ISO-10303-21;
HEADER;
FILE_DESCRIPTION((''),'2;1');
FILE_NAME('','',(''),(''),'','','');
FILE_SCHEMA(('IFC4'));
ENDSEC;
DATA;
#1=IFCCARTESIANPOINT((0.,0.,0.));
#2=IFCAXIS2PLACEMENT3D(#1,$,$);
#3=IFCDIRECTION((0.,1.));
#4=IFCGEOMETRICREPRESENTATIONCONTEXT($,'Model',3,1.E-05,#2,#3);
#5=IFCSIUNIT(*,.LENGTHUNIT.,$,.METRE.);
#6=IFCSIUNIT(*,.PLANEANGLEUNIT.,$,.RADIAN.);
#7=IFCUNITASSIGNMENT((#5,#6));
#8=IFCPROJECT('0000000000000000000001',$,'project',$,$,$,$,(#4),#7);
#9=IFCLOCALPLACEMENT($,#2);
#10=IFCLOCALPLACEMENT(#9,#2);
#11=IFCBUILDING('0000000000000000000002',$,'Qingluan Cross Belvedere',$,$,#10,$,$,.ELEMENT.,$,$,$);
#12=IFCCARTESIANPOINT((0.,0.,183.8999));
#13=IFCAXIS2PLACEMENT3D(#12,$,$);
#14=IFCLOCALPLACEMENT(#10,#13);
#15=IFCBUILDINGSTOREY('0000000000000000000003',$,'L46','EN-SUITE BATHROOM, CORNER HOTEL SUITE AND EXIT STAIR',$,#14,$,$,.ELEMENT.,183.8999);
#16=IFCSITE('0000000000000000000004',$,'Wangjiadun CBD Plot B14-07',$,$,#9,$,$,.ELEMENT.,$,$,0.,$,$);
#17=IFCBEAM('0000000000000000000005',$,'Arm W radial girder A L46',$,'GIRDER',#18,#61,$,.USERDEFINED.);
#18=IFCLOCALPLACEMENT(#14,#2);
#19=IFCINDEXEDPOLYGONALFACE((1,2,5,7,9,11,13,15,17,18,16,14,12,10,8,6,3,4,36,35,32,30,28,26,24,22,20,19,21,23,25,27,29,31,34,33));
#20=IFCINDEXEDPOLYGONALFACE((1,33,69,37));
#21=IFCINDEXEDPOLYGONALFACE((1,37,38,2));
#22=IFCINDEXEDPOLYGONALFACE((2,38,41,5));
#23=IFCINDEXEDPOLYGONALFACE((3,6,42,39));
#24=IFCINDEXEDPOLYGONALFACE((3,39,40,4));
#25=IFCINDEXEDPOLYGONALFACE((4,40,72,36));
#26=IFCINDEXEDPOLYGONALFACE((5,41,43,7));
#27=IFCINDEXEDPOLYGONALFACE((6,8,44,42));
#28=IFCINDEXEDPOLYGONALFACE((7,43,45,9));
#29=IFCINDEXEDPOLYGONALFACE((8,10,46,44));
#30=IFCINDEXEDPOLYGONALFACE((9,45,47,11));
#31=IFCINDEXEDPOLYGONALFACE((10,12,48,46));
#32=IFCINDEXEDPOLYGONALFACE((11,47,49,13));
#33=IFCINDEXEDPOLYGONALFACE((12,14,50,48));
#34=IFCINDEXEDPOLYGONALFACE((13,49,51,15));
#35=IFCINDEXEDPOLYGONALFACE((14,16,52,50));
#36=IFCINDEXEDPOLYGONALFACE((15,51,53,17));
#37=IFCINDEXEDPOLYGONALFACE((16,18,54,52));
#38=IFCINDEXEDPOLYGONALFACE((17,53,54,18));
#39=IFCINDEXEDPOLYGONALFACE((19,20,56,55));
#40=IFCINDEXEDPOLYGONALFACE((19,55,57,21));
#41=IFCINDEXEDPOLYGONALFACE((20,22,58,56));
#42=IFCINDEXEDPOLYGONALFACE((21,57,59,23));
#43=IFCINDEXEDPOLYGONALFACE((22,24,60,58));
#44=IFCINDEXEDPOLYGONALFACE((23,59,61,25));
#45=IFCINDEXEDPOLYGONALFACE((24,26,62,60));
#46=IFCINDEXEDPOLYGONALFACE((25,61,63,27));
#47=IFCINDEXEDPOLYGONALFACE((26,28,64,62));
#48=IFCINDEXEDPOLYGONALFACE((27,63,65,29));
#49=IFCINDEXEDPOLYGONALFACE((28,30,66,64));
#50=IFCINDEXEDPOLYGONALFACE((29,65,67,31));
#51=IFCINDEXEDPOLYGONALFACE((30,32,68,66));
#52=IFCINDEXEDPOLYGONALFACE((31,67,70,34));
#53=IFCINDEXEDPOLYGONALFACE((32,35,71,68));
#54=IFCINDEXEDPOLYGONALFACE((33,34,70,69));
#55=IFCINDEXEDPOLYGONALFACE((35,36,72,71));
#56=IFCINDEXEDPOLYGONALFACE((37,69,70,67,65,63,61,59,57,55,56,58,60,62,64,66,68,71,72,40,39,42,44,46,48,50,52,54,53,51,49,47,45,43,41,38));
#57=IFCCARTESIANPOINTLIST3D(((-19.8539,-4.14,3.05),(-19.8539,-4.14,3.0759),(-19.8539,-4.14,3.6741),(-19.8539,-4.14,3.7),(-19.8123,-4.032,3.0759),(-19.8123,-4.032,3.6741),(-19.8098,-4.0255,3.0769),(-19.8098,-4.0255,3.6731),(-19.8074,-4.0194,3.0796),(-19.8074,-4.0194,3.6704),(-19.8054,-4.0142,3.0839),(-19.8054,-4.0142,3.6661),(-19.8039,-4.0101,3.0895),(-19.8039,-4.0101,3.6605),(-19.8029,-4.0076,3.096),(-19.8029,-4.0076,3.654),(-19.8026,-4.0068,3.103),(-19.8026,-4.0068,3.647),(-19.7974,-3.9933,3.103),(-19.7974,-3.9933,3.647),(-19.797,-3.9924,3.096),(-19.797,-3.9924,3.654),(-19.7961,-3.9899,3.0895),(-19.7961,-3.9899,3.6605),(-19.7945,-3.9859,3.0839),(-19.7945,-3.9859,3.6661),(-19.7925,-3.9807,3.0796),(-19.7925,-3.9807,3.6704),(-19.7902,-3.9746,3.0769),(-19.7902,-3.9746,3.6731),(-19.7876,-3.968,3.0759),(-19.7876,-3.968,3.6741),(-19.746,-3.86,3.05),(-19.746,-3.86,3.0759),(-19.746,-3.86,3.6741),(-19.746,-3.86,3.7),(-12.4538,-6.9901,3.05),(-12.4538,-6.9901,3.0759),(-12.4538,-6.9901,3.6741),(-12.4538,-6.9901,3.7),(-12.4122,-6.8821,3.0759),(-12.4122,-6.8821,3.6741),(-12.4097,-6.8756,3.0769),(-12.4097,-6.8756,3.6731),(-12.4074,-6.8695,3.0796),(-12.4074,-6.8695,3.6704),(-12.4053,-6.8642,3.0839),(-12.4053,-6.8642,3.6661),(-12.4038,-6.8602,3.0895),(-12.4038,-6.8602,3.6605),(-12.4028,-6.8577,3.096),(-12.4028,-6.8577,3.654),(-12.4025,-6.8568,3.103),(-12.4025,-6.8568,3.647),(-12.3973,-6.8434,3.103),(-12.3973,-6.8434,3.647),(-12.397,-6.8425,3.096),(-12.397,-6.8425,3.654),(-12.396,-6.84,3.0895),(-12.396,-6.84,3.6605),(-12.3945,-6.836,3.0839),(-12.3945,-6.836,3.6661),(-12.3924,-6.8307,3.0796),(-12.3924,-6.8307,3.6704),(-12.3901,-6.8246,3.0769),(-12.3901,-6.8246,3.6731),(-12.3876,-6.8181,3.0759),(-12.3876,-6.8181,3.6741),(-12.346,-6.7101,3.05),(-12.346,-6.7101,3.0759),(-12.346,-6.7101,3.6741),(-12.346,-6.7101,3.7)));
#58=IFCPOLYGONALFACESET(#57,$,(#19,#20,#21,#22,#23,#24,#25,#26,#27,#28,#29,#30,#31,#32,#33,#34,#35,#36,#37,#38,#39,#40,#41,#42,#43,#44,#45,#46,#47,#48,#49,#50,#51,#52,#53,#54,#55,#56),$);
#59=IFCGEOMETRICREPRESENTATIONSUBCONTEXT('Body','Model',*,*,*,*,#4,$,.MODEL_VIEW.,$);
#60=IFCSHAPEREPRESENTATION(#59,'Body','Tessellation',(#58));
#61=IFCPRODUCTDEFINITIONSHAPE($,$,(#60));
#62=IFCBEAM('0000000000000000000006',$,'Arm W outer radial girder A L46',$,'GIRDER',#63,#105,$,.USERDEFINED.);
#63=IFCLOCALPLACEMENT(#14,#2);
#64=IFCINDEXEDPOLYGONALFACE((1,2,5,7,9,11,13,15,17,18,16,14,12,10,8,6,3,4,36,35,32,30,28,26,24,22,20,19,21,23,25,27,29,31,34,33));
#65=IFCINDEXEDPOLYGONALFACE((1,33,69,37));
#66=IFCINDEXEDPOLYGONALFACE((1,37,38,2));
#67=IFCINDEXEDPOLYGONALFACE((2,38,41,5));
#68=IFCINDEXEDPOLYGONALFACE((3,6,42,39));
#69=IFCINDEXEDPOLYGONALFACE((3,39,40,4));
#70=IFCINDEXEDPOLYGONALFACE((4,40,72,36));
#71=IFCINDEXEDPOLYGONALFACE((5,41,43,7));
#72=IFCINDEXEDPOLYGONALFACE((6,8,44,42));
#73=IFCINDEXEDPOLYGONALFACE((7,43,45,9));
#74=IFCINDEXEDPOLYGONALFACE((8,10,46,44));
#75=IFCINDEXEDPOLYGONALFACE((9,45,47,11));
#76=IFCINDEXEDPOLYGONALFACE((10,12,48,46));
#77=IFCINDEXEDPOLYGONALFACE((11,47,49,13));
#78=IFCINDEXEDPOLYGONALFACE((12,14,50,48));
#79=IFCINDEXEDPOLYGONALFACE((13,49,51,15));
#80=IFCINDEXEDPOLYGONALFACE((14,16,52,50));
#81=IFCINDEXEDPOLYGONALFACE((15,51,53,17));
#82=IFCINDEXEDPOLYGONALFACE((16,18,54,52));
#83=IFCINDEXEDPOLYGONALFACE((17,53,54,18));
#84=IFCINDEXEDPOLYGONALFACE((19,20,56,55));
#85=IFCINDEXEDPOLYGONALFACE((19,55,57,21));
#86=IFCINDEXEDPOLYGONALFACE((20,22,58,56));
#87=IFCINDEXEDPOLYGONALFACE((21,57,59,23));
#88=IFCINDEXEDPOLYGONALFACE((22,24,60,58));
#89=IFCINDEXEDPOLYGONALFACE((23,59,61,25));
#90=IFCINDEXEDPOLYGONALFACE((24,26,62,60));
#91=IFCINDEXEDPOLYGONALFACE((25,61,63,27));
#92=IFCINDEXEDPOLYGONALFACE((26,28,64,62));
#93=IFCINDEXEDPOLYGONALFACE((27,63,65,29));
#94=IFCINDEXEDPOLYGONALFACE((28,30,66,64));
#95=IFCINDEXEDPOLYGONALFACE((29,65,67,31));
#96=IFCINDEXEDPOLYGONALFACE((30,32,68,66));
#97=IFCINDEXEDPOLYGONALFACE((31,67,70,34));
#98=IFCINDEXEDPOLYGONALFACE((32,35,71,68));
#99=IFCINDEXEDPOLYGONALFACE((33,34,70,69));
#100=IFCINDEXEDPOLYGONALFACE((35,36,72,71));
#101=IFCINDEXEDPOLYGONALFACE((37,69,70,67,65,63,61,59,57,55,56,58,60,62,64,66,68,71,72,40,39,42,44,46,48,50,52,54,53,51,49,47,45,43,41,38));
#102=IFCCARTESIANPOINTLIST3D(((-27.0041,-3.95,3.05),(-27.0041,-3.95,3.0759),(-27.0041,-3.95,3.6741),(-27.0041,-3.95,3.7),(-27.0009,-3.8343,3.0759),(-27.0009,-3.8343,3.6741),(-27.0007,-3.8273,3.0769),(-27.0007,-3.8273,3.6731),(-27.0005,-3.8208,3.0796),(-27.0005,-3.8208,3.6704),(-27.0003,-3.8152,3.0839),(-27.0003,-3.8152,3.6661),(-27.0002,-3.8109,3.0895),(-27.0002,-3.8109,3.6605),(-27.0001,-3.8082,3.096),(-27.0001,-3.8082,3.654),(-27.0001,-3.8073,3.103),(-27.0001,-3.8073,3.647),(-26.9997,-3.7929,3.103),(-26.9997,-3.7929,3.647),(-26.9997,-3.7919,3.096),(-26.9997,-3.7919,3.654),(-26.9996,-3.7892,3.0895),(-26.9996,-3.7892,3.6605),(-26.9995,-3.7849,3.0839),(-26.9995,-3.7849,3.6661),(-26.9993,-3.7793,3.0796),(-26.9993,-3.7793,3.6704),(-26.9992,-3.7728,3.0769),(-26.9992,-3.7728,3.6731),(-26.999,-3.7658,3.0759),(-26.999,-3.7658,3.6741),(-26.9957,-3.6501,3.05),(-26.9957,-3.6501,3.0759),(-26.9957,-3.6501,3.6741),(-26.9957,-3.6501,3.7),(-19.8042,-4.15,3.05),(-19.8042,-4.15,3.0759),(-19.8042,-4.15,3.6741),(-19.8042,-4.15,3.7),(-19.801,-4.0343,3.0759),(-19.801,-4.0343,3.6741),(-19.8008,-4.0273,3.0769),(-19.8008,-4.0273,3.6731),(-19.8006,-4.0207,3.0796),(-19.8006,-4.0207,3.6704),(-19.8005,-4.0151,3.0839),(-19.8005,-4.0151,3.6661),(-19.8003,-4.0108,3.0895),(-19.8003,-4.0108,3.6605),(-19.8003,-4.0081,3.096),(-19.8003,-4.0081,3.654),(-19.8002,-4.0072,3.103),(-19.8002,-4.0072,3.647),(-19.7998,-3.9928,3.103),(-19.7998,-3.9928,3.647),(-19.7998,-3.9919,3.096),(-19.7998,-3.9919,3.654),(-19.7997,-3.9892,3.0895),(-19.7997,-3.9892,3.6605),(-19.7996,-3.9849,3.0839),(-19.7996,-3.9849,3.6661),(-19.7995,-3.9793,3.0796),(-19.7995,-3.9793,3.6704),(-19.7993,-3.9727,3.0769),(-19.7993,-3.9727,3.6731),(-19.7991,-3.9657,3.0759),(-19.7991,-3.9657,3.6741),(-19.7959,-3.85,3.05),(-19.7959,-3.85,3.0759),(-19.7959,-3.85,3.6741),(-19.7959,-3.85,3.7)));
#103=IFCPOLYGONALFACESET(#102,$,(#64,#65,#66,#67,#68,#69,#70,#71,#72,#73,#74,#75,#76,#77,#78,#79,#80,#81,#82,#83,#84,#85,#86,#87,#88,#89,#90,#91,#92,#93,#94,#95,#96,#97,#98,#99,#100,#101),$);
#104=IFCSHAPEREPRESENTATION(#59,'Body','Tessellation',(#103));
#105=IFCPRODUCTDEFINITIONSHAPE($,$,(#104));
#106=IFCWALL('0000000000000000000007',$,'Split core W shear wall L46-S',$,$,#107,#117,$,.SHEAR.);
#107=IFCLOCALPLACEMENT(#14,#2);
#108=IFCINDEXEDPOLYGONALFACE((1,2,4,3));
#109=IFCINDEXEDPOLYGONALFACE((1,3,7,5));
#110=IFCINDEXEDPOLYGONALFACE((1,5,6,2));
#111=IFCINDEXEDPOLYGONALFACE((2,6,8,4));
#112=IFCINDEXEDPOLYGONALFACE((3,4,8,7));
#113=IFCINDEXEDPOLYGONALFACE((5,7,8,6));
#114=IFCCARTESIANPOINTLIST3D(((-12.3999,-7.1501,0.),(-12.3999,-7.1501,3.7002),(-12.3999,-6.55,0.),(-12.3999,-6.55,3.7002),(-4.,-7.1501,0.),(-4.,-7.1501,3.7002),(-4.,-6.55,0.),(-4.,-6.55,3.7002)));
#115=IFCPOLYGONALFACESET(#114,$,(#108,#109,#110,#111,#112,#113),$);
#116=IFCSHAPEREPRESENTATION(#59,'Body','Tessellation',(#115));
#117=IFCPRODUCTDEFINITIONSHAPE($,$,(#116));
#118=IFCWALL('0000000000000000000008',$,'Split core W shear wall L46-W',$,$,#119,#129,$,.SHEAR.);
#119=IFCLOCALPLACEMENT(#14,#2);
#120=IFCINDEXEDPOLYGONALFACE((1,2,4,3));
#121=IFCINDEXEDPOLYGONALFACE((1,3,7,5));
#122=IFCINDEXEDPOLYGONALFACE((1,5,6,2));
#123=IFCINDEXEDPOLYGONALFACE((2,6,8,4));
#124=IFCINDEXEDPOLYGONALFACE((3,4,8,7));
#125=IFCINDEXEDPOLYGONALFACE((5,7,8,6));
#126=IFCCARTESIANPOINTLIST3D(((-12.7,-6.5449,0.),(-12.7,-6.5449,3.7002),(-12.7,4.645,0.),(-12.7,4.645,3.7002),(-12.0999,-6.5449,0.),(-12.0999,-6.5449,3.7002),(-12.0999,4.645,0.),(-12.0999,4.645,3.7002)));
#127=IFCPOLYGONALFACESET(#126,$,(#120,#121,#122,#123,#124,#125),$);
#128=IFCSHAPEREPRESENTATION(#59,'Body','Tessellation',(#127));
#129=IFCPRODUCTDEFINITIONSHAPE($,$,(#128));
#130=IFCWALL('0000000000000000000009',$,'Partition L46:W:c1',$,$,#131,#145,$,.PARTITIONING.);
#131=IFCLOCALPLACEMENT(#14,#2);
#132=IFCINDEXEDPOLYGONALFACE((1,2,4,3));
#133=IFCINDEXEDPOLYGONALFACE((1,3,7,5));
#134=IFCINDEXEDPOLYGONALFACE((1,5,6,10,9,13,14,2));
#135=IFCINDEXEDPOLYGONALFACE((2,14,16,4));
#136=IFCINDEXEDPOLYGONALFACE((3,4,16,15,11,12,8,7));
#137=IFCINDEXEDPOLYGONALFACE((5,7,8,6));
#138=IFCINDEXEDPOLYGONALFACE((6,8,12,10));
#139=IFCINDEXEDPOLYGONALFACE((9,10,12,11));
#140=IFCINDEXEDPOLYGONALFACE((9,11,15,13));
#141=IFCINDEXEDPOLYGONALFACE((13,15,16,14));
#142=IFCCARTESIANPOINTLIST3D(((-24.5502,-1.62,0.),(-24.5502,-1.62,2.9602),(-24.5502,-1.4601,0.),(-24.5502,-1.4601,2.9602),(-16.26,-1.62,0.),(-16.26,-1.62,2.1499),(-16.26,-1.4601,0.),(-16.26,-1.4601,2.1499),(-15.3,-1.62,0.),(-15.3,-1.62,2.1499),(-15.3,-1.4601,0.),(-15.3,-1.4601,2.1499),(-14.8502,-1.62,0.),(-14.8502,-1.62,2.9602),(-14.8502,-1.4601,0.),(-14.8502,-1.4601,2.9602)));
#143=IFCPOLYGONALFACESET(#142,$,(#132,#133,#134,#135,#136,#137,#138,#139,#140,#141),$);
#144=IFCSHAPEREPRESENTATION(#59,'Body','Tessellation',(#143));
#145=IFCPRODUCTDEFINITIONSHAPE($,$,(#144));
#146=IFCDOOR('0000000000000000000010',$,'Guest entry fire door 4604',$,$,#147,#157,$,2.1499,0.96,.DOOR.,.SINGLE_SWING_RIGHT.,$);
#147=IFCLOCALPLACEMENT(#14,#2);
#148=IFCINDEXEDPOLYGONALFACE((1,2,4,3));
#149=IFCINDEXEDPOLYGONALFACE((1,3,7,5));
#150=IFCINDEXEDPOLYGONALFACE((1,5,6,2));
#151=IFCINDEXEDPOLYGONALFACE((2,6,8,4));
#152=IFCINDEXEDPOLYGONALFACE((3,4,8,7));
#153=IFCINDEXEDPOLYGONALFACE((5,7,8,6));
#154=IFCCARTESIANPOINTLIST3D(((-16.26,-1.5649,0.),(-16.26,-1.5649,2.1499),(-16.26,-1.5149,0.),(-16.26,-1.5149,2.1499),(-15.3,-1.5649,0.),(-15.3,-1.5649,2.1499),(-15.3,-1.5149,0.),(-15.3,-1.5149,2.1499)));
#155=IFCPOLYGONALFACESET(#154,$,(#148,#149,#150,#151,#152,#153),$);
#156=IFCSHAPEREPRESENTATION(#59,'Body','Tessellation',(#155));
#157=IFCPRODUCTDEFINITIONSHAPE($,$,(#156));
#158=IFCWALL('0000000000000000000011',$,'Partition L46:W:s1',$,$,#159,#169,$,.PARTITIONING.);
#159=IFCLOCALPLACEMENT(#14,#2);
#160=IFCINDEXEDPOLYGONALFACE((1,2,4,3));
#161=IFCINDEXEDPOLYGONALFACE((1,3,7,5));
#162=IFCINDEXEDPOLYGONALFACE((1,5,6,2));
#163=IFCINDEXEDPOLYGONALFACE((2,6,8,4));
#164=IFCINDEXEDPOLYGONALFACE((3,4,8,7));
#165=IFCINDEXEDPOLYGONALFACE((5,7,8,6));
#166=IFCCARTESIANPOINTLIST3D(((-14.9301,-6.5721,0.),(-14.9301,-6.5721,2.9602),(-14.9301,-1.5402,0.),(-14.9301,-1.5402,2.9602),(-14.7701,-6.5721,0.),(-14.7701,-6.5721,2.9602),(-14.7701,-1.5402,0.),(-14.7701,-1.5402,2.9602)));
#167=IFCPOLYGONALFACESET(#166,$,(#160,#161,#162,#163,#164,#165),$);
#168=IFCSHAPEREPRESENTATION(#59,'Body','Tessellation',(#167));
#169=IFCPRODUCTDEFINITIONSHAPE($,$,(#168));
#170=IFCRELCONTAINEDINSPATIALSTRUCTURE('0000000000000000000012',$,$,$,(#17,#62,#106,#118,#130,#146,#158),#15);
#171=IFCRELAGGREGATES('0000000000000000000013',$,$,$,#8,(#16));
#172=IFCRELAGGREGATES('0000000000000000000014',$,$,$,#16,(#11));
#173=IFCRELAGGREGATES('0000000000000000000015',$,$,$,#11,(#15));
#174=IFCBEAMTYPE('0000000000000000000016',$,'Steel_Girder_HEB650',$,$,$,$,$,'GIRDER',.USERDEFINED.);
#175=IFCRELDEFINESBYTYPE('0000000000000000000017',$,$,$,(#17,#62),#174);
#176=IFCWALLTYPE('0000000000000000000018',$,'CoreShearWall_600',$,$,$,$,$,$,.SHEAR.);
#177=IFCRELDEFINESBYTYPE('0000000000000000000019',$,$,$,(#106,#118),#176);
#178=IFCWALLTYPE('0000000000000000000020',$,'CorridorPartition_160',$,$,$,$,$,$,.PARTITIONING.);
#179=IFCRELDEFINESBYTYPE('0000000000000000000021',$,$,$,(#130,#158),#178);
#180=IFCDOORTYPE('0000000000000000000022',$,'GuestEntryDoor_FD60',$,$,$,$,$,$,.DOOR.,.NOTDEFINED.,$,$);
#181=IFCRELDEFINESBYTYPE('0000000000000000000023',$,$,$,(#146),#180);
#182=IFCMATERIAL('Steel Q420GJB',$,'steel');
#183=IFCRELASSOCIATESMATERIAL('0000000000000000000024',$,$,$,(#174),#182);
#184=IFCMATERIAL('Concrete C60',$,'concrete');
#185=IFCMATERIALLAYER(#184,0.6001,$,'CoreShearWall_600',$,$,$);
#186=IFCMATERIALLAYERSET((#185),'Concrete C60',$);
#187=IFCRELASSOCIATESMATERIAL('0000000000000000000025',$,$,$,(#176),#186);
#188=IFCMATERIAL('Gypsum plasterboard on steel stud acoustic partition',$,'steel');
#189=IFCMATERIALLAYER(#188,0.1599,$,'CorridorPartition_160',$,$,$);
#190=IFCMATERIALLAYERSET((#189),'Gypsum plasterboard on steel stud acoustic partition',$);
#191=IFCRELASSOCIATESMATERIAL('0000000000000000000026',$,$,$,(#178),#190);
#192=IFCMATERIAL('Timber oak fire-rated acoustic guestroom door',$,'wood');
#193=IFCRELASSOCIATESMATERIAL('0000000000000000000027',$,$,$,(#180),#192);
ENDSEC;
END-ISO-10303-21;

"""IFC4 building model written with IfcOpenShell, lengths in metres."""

from ifc_helpers import new_model, si_unit, direction, frame, frame_2d, origin, origin_2d, place, context, subcontext, project, spatial, rectangle, i_section, extrude, material, layer, layer_set, material_profile, profile_set, type_object, element, fill, save


model = new_model("IFC4")

# Units and contexts
model_context = context("Model", 3, precision=1e-05, world=origin(), true_north=direction((0.0, 1.0)))
body_context = subcontext(model_context, "Body", "Model", "MODEL_VIEW")
ifc_project = project(units=[si_unit("LENGTHUNIT", "METRE"), si_unit("PLANEANGLEUNIT", "RADIAN")], contexts=[model_context])

# Site, building, storey
site_placement = place(None, origin())
site = spatial("IfcSite", under=ifc_project, at=site_placement, Name="Wangjiadun CBD Plot B14-07", CompositionType="ELEMENT", RefElevation=0.0)
building_placement = place(site_placement, origin())
building = spatial("IfcBuilding", under=site, at=building_placement, Name="Qingluan Cross Belvedere", CompositionType="ELEMENT")
storey_placement = place(building_placement, frame((0.0, 0.0, 183.8999)))
storey = spatial("IfcBuildingStorey", under=building, at=storey_placement, Name="L46", Description="EN-SUITE BATHROOM, CORNER HOTEL SUITE AND EXIT STAIR", CompositionType="ELEMENT", Elevation=183.8999)

# Beams
ifc_material_1 = material(Name="Steel Q420GJB", Category="steel")
ifc_material_profile_1 = material_profile(ifc_material_1, i_section(OverallWidth=0.3, OverallDepth=0.6499, WebThickness=0.0144, FlangeThickness=0.0259, FilletRadius=0.0271, at=origin_2d()), Name="HEB650")
ifc_profile_set_1 = profile_set([ifc_material_profile_1], Name="Steel Q420GJB")
beam_type_1 = type_object("IfcBeamType", Name="Steel_Girder_HEB650", ElementType="GIRDER", PredefinedType="USERDEFINED", material=ifc_profile_set_1)
beam_1_placement = place(storey_placement, frame((-12.3999, -6.8501, 3.375), z_axis=(-0.933181, 0.359406, 0.0), x_axis=(-0.359406, -0.933181, 0.0)))
element("IfcBeam", 1, at=beam_1_placement, inside=storey, type_object=beam_type_1, Name="Arm W radial girder A L46", ObjectType="GIRDER", PredefinedType="USERDEFINED", context=body_context, shape_type="SweptSolid", body=[
    extrude(i_section(OverallWidth=0.3, OverallDepth=0.6499, WebThickness=0.0144, FlangeThickness=0.0259, FilletRadius=0.0271, at=origin_2d()), origin(), (0.0, 0.0, 1.0), 7.9299),
])
beam_2_placement = place(storey_placement, frame((-19.8, -4.0, 3.375), z_axis=(-0.999615, 0.02776, 0.0), x_axis=(-0.02776, -0.999615, 0.0)))
element("IfcBeam", 2, at=beam_2_placement, inside=storey, type_object=beam_type_1, Name="Arm W outer radial girder A L46", ObjectType="GIRDER", PredefinedType="USERDEFINED", context=body_context, shape_type="SweptSolid", body=[
    extrude(i_section(OverallWidth=0.3, OverallDepth=0.6499, WebThickness=0.0144, FlangeThickness=0.0259, FilletRadius=0.0271, at=origin_2d()), origin(), (0.0, 0.0, 1.0), 7.2026),
])

# Walls
ifc_material_2 = material(Name="Concrete C60", Category="concrete")
ifc_layer_1 = layer(ifc_material_2, 0.6001, Name="CoreShearWall_600")
ifc_layer_set_1 = layer_set([ifc_layer_1], Name="Concrete C60")
wall_type_1 = type_object("IfcWallType", Name="CoreShearWall_600", PredefinedType="SHEAR", material=ifc_layer_set_1)
wall_1_placement = place(storey_placement, frame((-12.3999, -6.8501, 0.0), z_axis=(0.0, 0.0, 1.0), x_axis=(1.0, 0.0, 0.0)))
element("IfcWall", 3, at=wall_1_placement, inside=storey, type_object=wall_type_1, Name="Split core W shear wall L46-S", PredefinedType="SHEAR", context=body_context, shape_type="SweptSolid", body=[
    extrude(rectangle(XDim=8.3999, YDim=0.6001, at=frame_2d((4.2, 0.0))), origin(), (0.0, 0.0, 1.0), 3.7002),
])
wall_2_placement = place(storey_placement, frame((-12.3999, -6.5449, 0.0), z_axis=(0.0, 0.0, 1.0), x_axis=(0.0, 1.0, 0.0)))
element("IfcWall", 4, at=wall_2_placement, inside=storey, type_object=wall_type_1, Name="Split core W shear wall L46-W", PredefinedType="SHEAR", context=body_context, shape_type="SweptSolid", body=[
    extrude(rectangle(XDim=11.1899, YDim=0.6001, at=frame_2d((5.595, 0.0))), origin(), (0.0, 0.0, 1.0), 3.7002),
])

# Wall, opening, door
ifc_material_3 = material(Name="Gypsum plasterboard on steel stud acoustic partition", Category="steel")
ifc_layer_2 = layer(ifc_material_3, 0.1599, Name="CorridorPartition_160")
ifc_layer_set_2 = layer_set([ifc_layer_2], Name="Gypsum plasterboard on steel stud acoustic partition")
wall_type_2 = type_object("IfcWallType", Name="CorridorPartition_160", PredefinedType="PARTITIONING", material=ifc_layer_set_2)
wall_3_placement = place(storey_placement, frame((-14.8501, -1.54, 0.0), z_axis=(0.0, 0.0, 1.0), x_axis=(-1.0, 0.0, 0.0)))
wall_3 = element("IfcWall", 5, at=wall_3_placement, inside=storey, type_object=wall_type_2, Name="Partition L46:W:c1", PredefinedType="PARTITIONING", context=body_context, shape_type="SweptSolid", body=[
    extrude(rectangle(XDim=9.7, YDim=0.1599, at=frame_2d((4.8501, 0.0))), origin(), (0.0, 0.0, 1.0), 2.9602),
])
opening_1_placement = place(wall_3_placement, frame((0.45, 0.0, 0.0)))
opening_1 = element("IfcOpeningElement", 6, at=opening_1_placement, cuts=wall_3, PredefinedType="OPENING", context=body_context, shape_type="SweptSolid", body=[
    extrude(rectangle(XDim=0.96, YDim=2.1499, at=frame_2d((0.48, 1.075))), frame((0.0, 0.0898, 0.0), z_axis=(0.0, -1.0, 0.0), x_axis=(1.0, 0.0, 0.0)), (0.0, 0.0, 1.0), 0.1799),
])
ifc_material_4 = material(Name="Timber oak fire-rated acoustic guestroom door", Category="wood")
door_type_1 = type_object("IfcDoorType", Name="GuestEntryDoor_FD60", OperationType="NOTDEFINED", PredefinedType="DOOR", material=ifc_material_4)
door_1_placement = place(opening_1_placement, origin())
door_1 = element("IfcDoor", 7, at=door_1_placement, inside=storey, type_object=door_type_1, Name="Guest entry fire door 4604", OperationType="SINGLE_SWING_RIGHT", OverallHeight=2.1499, OverallWidth=0.96, PredefinedType="DOOR", context=body_context, shape_type="SweptSolid", body=[
    extrude(rectangle(XDim=0.96, YDim=2.1499, at=frame_2d((0.48, 1.075))), frame((0.0, 0.0249, 0.0), z_axis=(0.0, -1.0, 0.0), x_axis=(1.0, 0.0, 0.0)), (0.0, 0.0, 1.0), 0.05),
])
fill(opening_1, door_1)

# Wall
wall_4_placement = place(storey_placement, frame((-14.8501, -1.54, 0.0), z_axis=(0.0, 0.0, 1.0), x_axis=(0.0, -1.0, 0.0)))
element("IfcWall", 8, at=wall_4_placement, inside=storey, type_object=wall_type_2, Name="Partition L46:W:s1", PredefinedType="PARTITIONING", context=body_context, shape_type="SweptSolid", body=[
    extrude(rectangle(XDim=5.032, YDim=0.1599, at=frame_2d((2.5161, 0.0))), origin(), (0.0, 0.0, 1.0), 2.9602),
])

save(model, "model.ifc")
